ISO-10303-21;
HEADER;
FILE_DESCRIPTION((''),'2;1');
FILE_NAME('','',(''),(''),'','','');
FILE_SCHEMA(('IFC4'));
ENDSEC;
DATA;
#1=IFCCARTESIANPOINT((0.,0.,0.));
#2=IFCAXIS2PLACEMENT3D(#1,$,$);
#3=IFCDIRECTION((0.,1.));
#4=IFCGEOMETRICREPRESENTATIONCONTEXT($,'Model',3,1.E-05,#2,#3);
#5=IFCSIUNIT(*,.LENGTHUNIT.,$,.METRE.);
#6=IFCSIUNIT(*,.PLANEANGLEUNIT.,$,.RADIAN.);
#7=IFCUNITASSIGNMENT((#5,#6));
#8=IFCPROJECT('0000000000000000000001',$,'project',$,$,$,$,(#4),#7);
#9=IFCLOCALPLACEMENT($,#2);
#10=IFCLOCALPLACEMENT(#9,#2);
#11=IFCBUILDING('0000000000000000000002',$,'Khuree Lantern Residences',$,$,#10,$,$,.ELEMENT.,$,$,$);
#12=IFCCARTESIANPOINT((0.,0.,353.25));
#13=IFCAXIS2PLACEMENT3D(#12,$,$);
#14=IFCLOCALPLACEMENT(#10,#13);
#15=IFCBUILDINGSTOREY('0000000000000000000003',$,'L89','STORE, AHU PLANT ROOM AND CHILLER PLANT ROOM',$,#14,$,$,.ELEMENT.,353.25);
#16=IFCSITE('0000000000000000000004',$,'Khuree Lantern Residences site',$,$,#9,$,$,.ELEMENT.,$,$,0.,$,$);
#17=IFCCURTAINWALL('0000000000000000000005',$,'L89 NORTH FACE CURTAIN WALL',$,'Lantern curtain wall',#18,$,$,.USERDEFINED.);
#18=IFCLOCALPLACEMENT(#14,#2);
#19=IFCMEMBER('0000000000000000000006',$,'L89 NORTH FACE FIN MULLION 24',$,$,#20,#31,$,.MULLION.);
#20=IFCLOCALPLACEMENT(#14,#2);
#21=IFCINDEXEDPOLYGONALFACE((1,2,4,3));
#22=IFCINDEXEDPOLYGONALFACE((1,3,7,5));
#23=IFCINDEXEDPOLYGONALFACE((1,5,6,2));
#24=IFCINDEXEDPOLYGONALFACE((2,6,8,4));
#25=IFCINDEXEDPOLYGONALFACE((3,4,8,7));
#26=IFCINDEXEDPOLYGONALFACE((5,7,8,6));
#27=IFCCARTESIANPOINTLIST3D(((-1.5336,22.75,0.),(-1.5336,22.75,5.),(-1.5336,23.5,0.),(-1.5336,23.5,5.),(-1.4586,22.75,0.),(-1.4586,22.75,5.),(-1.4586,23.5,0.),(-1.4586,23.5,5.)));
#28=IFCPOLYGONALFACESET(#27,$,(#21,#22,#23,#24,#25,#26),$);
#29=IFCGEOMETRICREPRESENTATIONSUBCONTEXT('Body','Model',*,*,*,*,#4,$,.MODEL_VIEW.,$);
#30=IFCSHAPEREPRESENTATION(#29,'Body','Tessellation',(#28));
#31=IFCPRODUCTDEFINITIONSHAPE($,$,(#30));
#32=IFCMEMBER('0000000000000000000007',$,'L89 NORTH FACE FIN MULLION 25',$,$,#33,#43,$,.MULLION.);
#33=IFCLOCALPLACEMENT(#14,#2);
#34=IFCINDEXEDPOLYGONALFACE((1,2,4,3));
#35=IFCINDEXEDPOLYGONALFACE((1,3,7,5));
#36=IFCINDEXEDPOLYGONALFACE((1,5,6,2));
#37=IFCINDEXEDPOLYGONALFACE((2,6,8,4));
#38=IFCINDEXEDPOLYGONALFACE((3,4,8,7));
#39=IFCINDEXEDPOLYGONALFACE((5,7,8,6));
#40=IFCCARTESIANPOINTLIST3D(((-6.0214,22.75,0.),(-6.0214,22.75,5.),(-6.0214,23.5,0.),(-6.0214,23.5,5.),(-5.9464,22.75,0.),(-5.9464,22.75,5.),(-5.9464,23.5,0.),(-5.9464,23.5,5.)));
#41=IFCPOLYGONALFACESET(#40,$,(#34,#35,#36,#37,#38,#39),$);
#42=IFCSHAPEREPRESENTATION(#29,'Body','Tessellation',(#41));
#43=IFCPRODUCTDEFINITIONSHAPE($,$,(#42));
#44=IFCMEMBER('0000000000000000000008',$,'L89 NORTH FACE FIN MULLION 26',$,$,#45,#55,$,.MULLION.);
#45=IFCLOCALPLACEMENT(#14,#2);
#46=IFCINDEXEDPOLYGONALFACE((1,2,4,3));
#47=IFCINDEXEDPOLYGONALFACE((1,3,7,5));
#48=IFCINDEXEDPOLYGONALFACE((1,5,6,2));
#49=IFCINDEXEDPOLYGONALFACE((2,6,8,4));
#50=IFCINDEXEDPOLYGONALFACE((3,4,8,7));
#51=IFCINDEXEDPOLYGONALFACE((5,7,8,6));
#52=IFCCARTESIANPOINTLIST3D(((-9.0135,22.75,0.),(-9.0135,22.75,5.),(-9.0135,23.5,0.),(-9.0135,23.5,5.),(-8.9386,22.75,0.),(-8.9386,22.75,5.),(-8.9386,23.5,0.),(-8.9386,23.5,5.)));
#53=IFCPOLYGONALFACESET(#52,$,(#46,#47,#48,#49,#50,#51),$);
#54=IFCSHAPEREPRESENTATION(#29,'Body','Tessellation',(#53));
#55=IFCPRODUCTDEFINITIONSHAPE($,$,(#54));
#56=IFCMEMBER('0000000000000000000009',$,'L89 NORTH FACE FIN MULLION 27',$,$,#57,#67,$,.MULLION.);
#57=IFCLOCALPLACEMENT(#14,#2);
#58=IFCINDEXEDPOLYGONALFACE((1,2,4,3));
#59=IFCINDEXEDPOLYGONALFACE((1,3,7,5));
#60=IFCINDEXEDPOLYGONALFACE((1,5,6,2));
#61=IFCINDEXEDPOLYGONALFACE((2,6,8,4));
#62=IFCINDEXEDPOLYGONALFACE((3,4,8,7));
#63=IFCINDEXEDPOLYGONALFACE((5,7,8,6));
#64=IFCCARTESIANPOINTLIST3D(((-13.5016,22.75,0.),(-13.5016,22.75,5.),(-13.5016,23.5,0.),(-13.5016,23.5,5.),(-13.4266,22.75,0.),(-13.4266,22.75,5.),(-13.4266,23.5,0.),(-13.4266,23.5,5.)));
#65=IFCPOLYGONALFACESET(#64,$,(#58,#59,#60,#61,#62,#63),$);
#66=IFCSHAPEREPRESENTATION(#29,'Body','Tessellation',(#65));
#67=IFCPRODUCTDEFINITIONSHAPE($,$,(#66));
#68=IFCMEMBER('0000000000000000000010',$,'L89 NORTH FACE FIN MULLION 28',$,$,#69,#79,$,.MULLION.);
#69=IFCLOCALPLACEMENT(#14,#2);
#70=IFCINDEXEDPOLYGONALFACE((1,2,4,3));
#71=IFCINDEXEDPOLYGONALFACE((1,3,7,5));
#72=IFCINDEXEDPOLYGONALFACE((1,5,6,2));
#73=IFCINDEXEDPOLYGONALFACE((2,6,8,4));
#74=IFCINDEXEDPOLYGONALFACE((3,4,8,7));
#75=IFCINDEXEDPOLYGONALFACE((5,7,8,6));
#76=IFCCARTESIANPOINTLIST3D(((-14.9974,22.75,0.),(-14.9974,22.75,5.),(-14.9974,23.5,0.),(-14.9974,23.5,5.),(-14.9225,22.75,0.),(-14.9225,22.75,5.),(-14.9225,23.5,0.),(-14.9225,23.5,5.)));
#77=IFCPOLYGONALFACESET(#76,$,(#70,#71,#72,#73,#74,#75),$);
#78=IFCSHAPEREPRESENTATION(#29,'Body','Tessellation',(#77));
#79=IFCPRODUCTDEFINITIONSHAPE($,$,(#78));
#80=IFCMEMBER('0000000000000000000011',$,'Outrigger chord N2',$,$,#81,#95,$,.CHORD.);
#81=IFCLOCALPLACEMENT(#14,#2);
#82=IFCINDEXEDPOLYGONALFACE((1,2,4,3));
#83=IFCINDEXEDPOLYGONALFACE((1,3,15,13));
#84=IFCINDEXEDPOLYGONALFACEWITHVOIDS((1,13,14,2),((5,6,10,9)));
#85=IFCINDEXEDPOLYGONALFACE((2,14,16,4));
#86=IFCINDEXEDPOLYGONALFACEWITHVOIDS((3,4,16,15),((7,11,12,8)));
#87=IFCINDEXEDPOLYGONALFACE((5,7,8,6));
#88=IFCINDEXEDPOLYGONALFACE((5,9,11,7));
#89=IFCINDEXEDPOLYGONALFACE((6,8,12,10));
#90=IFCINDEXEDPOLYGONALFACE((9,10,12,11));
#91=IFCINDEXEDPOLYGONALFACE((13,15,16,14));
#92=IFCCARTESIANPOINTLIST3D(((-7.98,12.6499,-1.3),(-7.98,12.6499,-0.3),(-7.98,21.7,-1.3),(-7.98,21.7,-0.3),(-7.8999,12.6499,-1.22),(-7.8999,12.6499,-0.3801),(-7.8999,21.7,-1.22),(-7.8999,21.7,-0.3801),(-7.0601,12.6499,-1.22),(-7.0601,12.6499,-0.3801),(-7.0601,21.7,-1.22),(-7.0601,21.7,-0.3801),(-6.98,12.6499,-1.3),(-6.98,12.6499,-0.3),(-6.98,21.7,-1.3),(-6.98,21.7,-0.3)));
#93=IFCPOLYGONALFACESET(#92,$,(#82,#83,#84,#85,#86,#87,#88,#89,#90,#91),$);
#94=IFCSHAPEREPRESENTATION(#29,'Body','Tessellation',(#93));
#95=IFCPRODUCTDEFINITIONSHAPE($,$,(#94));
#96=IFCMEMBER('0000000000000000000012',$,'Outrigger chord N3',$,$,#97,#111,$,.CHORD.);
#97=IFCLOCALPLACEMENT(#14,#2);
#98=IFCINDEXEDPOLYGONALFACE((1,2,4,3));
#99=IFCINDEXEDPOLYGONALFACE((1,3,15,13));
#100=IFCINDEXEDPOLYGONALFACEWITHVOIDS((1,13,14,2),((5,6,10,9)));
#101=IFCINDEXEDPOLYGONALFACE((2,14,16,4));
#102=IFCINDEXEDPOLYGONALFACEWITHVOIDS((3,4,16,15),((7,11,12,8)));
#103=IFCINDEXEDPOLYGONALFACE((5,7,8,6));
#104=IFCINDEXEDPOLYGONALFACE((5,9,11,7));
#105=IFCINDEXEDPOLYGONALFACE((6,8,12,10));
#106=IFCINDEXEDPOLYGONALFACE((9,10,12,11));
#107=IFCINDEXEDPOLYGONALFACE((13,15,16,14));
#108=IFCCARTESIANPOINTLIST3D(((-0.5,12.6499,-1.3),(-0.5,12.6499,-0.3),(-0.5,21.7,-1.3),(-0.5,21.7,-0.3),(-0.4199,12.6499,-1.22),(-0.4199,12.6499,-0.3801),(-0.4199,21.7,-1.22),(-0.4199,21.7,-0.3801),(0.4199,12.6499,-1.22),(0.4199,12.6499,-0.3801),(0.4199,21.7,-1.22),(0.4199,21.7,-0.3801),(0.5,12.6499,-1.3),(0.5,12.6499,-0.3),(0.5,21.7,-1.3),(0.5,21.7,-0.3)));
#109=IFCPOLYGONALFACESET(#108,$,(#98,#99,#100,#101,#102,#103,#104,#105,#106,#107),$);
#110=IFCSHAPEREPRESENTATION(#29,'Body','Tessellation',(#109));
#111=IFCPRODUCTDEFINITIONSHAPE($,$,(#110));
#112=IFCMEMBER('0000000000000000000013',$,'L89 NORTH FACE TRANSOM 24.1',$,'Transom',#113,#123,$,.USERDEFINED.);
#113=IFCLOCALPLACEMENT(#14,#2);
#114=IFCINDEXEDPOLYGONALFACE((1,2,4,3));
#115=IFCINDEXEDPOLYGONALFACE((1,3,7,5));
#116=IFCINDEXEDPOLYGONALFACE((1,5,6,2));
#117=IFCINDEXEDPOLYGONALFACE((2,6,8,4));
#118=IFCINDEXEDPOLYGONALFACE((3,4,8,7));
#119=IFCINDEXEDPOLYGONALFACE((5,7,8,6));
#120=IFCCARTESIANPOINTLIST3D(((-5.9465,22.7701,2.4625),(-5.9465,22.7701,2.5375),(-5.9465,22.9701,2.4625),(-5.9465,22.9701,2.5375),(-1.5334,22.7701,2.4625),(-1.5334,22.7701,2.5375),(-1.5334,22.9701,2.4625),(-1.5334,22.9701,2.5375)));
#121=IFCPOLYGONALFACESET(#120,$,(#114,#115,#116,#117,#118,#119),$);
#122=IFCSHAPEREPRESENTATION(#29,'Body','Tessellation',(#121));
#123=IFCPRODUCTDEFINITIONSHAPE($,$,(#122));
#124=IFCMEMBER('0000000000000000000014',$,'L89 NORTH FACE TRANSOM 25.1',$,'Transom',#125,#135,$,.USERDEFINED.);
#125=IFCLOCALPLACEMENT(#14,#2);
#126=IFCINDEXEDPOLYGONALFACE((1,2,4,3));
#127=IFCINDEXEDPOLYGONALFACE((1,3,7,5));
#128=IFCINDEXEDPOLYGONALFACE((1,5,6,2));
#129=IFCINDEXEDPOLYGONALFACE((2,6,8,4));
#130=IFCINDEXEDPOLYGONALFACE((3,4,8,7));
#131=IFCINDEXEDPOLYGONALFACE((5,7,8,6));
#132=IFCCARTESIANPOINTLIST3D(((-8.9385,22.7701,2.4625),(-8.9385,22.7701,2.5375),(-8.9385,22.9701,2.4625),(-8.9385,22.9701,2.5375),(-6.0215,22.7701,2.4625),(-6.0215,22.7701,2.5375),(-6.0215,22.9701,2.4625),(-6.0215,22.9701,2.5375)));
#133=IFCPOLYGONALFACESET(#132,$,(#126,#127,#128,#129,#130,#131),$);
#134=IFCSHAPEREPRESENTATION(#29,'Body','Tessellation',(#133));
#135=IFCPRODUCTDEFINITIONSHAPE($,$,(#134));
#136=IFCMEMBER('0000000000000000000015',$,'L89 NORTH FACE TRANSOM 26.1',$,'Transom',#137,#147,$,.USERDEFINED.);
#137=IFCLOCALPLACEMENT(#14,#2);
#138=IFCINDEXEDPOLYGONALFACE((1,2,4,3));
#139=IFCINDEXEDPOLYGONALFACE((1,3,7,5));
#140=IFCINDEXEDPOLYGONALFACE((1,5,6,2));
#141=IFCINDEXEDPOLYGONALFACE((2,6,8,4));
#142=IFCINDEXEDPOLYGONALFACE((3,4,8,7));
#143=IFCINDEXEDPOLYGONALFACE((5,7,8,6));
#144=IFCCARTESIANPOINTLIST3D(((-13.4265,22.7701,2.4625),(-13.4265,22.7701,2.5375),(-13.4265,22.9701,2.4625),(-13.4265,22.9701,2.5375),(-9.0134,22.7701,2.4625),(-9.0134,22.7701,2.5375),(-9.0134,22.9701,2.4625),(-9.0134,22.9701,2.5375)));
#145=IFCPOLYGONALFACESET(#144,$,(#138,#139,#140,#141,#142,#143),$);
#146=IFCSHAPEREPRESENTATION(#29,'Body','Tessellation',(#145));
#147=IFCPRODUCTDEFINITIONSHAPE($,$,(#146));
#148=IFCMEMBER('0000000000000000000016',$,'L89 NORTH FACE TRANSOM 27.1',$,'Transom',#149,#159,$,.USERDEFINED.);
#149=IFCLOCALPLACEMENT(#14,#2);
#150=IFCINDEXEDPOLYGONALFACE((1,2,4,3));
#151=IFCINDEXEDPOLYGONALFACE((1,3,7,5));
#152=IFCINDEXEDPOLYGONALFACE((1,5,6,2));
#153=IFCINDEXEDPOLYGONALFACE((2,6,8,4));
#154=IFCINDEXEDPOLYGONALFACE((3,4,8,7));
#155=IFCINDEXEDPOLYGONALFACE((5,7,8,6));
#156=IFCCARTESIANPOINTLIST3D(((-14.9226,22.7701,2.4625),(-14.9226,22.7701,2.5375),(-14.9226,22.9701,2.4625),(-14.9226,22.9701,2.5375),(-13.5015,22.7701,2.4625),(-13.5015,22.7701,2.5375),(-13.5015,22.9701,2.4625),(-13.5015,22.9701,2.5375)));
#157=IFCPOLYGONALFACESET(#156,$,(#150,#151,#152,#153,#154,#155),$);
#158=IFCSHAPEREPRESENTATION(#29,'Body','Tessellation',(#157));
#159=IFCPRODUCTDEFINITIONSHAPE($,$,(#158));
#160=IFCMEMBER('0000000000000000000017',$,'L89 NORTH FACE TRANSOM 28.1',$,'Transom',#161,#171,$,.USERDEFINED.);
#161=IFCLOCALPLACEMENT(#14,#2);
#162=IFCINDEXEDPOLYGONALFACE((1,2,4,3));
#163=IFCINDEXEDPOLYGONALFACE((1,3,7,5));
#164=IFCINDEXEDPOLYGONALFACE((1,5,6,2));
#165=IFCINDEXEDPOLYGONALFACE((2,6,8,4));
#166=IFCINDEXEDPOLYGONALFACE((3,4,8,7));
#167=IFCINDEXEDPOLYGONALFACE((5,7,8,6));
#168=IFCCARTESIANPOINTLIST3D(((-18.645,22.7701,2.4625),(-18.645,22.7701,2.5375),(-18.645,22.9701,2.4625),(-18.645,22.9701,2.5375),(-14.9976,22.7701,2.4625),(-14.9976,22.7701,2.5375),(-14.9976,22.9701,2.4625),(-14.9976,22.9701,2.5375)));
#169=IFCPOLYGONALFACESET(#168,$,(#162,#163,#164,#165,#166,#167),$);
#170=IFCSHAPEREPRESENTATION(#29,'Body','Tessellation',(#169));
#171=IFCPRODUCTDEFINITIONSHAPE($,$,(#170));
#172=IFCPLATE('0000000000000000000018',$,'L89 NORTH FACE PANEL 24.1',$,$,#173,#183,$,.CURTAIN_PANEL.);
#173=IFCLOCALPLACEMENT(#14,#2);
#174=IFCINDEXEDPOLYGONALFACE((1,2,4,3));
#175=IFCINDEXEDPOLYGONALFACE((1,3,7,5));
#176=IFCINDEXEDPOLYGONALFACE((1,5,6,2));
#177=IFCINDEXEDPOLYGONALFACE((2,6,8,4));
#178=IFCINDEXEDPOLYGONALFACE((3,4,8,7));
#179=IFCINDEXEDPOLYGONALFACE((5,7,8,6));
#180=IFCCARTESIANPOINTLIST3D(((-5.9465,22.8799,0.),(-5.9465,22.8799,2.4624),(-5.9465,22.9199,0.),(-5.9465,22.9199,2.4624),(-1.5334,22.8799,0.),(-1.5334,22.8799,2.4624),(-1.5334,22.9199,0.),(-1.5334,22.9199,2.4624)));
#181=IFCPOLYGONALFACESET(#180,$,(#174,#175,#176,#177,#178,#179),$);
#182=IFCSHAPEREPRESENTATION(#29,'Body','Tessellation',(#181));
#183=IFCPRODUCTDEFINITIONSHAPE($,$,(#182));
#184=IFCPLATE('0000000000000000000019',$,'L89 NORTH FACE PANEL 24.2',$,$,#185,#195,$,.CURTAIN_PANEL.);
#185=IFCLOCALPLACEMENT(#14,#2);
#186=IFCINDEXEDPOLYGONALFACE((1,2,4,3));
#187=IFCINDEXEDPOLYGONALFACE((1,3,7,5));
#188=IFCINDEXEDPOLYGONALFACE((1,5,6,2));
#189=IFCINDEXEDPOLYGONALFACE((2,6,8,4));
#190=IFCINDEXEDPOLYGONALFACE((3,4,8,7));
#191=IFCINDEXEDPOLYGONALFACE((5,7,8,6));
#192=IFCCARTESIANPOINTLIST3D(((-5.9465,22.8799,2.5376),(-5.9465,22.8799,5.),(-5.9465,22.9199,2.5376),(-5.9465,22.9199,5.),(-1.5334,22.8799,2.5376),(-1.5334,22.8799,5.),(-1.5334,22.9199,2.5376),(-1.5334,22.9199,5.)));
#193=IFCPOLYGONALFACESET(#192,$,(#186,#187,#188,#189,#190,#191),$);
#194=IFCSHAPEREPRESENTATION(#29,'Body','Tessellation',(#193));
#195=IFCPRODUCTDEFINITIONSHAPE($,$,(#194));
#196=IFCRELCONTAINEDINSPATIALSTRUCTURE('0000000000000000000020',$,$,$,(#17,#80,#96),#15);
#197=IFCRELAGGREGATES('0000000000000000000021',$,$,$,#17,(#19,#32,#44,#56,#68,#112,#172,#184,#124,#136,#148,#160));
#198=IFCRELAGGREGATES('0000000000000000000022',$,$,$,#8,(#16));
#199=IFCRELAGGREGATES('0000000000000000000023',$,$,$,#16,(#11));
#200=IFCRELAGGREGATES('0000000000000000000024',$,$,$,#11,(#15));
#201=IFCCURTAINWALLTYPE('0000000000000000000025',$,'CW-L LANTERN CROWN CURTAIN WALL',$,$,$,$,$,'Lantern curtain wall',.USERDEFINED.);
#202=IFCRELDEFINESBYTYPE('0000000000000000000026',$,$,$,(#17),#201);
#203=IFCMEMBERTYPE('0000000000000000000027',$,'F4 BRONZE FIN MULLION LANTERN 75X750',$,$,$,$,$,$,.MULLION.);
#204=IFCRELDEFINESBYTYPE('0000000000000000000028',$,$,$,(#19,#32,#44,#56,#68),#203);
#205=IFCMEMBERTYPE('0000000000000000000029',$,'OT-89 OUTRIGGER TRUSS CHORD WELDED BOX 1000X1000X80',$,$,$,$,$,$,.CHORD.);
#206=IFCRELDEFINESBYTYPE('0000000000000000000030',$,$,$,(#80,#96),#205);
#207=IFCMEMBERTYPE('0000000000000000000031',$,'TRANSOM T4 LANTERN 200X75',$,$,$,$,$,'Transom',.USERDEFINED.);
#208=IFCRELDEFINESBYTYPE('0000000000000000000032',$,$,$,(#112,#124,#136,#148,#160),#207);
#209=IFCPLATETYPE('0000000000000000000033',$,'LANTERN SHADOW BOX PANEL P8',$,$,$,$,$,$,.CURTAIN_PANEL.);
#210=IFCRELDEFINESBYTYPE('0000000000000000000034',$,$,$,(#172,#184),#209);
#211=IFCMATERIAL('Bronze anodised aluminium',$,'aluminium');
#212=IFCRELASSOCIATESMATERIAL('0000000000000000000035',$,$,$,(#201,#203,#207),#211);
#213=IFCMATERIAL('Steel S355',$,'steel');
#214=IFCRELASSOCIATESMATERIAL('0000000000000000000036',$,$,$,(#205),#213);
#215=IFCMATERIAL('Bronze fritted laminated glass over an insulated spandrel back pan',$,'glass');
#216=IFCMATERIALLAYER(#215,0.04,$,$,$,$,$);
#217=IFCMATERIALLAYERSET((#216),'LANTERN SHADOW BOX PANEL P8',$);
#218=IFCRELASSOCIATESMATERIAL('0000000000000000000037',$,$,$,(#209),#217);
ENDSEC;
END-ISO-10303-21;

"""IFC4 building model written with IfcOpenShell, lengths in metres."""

from ifc_helpers import new_model, si_unit, direction, frame, origin, origin_2d, place, context, subcontext, project, spatial, rectangle, hollow_rectangle, extrude, material, layer, layer_set, material_profile, profile_set, type_object, element, aggregate, save


model = new_model("IFC4")

# Units and contexts
model_context = context("Model", 3, precision=1e-05, world=origin(), true_north=direction((0.0, 1.0)))
body_context = subcontext(model_context, "Body", "Model", "MODEL_VIEW")
ifc_project = project(units=[si_unit("LENGTHUNIT", "METRE"), si_unit("PLANEANGLEUNIT", "RADIAN")], contexts=[model_context])

# Site, building, storey
site_placement = place(None, origin())
site = spatial("IfcSite", under=ifc_project, at=site_placement, Name="Khuree Lantern Residences site", CompositionType="ELEMENT", RefElevation=0.0)
building_placement = place(site_placement, origin())
building = spatial("IfcBuilding", under=site, at=building_placement, Name="Khuree Lantern Residences", CompositionType="ELEMENT")
storey_placement = place(building_placement, frame((0.0, 0.0, 353.25)))
storey = spatial("IfcBuildingStorey", under=building, at=storey_placement, Name="L89", Description="STORE, AHU PLANT ROOM AND CHILLER PLANT ROOM", CompositionType="ELEMENT", Elevation=353.25)

# Shared definitions
ifc_material_1 = material(Name="Steel S355", Category="steel")

# Curtain wall, members
ifc_material_2 = material(Name="Bronze anodised aluminium", Category="aluminium")
curtain_wall_type = type_object("IfcCurtainWallType", Name="CW-L LANTERN CROWN CURTAIN WALL", ElementType="Lantern curtain wall", PredefinedType="USERDEFINED", material=ifc_material_2)
curtain_wall_placement = place(storey_placement, origin())
curtain_wall = element("IfcCurtainWall", 1, at=curtain_wall_placement, inside=storey, type_object=curtain_wall_type, Name="L89 NORTH FACE CURTAIN WALL", ObjectType="Lantern curtain wall", PredefinedType="USERDEFINED")
ifc_material_profile_1 = material_profile(ifc_material_2, rectangle(XDim=0.075, YDim=0.75, at=origin_2d()), Name="F4 75X750")
ifc_profile_set_1 = profile_set([ifc_material_profile_1], Name="Bronze anodised aluminium")
member_type_1 = type_object("IfcMemberType", Name="F4 BRONZE FIN MULLION LANTERN 75X750", PredefinedType="MULLION", material=ifc_profile_set_1)
member_1_placement = place(storey_placement, frame((-1.4961, 23.125, 0.0), z_axis=(0.0, 0.0, 1.0), x_axis=(-1.0, 0.0, 0.0)))
member_1 = element("IfcMember", 2, at=member_1_placement, type_object=member_type_1, Name="L89 NORTH FACE FIN MULLION 24", PredefinedType="MULLION", context=body_context, shape_type="SweptSolid", body=[
    extrude(rectangle(XDim=0.075, YDim=0.75, at=origin_2d()), origin(), (0.0, 0.0, 1.0), 5.0),
])
member_2_placement = place(storey_placement, frame((-5.9839, 23.125, 0.0), z_axis=(0.0, 0.0, 1.0), x_axis=(-1.0, 0.0, 0.0)))
member_2 = element("IfcMember", 3, at=member_2_placement, type_object=member_type_1, Name="L89 NORTH FACE FIN MULLION 25", PredefinedType="MULLION", context=body_context, shape_type="SweptSolid", body=[
    extrude(rectangle(XDim=0.075, YDim=0.75, at=origin_2d()), origin(), (0.0, 0.0, 1.0), 5.0),
])
member_3_placement = place(storey_placement, frame((-8.9761, 23.125, 0.0), z_axis=(0.0, 0.0, 1.0), x_axis=(-1.0, 0.0, 0.0)))
member_3 = element("IfcMember", 4, at=member_3_placement, type_object=member_type_1, Name="L89 NORTH FACE FIN MULLION 26", PredefinedType="MULLION", context=body_context, shape_type="SweptSolid", body=[
    extrude(rectangle(XDim=0.075, YDim=0.75, at=origin_2d()), origin(), (0.0, 0.0, 1.0), 5.0),
])
member_4_placement = place(storey_placement, frame((-13.4641, 23.125, 0.0), z_axis=(0.0, 0.0, 1.0), x_axis=(-1.0, 0.0, 0.0)))
member_4 = element("IfcMember", 5, at=member_4_placement, type_object=member_type_1, Name="L89 NORTH FACE FIN MULLION 27", PredefinedType="MULLION", context=body_context, shape_type="SweptSolid", body=[
    extrude(rectangle(XDim=0.075, YDim=0.75, at=origin_2d()), origin(), (0.0, 0.0, 1.0), 5.0),
])
member_5_placement = place(storey_placement, frame((-14.96, 23.125, 0.0), z_axis=(0.0, 0.0, 1.0), x_axis=(-1.0, 0.0, 0.0)))
member_5 = element("IfcMember", 6, at=member_5_placement, type_object=member_type_1, Name="L89 NORTH FACE FIN MULLION 28", PredefinedType="MULLION", context=body_context, shape_type="SweptSolid", body=[
    extrude(rectangle(XDim=0.075, YDim=0.75, at=origin_2d()), origin(), (0.0, 0.0, 1.0), 5.0),
])

# Members
ifc_material_profile_2 = material_profile(ifc_material_1, hollow_rectangle(XDim=1.0, YDim=1.0, WallThickness=0.0801, at=origin_2d()), Name="WELDED BOX 1000X1000X80")
ifc_profile_set_2 = profile_set([ifc_material_profile_2], Name="Steel S355")
member_type_2 = type_object("IfcMemberType", Name="OT-89 OUTRIGGER TRUSS CHORD WELDED BOX 1000X1000X80", PredefinedType="CHORD", material=ifc_profile_set_2)
for number, where, z_axis, x_axis, name in (
    (7, (-7.48, 21.7, -0.8), (0.0, -1.0, 0.0), (1.0, 0.0, 0.0), "Outrigger chord N2"),
    (8, (0.0, 21.7, -0.8), (0.0, -1.0, 0.0), (1.0, 0.0, 0.0), "Outrigger chord N3"),
):
    element("IfcMember", number, at=place(storey_placement, frame(where, z_axis=z_axis, x_axis=x_axis)), inside=storey, type_object=member_type_2, Name=name, PredefinedType="CHORD", context=body_context, shape_type="SweptSolid", body=[
        extrude(hollow_rectangle(XDim=1.0, YDim=1.0, WallThickness=0.0801, at=origin_2d()), origin(), (0.0, 0.0, 1.0), 9.05),
    ])

# Members
ifc_material_profile_3 = material_profile(ifc_material_2, rectangle(XDim=0.2, YDim=0.075, at=origin_2d()), Name="T4 200X75")
ifc_profile_set_3 = profile_set([ifc_material_profile_3], Name="Bronze anodised aluminium")
member_type_3 = type_object("IfcMemberType", Name="TRANSOM T4 LANTERN 200X75", ElementType="Transom", PredefinedType="USERDEFINED", material=ifc_profile_set_3)
member_6_placement = place(storey_placement, frame((-1.5334, 22.8701, 2.5), z_axis=(-1.0, 0.0, 0.0), x_axis=(0.0, -1.0, 0.0)))
member_6 = element("IfcMember", 9, at=member_6_placement, type_object=member_type_3, Name="L89 NORTH FACE TRANSOM 24.1", ObjectType="Transom", PredefinedType="USERDEFINED", context=body_context, shape_type="SweptSolid", body=[
    extrude(rectangle(XDim=0.2, YDim=0.075, at=origin_2d()), origin(), (0.0, 0.0, 1.0), 4.4131),
])
member_7_placement = place(storey_placement, frame((-6.0215, 22.8701, 2.5), z_axis=(-1.0, 0.0, 0.0), x_axis=(0.0, -1.0, 0.0)))
member_7 = element("IfcMember", 10, at=member_7_placement, type_object=member_type_3, Name="L89 NORTH FACE TRANSOM 25.1", ObjectType="Transom", PredefinedType="USERDEFINED", context=body_context, shape_type="SweptSolid", body=[
    extrude(rectangle(XDim=0.2, YDim=0.075, at=origin_2d()), origin(), (0.0, 0.0, 1.0), 2.917),
])
member_8_placement = place(storey_placement, frame((-9.0134, 22.8701, 2.5), z_axis=(-1.0, 0.0, 0.0), x_axis=(0.0, -1.0, 0.0)))
member_8 = element("IfcMember", 11, at=member_8_placement, type_object=member_type_3, Name="L89 NORTH FACE TRANSOM 26.1", ObjectType="Transom", PredefinedType="USERDEFINED", context=body_context, shape_type="SweptSolid", body=[
    extrude(rectangle(XDim=0.2, YDim=0.075, at=origin_2d()), origin(), (0.0, 0.0, 1.0), 4.4131),
])
member_9_placement = place(storey_placement, frame((-13.5015, 22.8701, 2.5), z_axis=(-1.0, 0.0, 0.0), x_axis=(0.0, -1.0, 0.0)))
member_9 = element("IfcMember", 12, at=member_9_placement, type_object=member_type_3, Name="L89 NORTH FACE TRANSOM 27.1", ObjectType="Transom", PredefinedType="USERDEFINED", context=body_context, shape_type="SweptSolid", body=[
    extrude(rectangle(XDim=0.2, YDim=0.075, at=origin_2d()), origin(), (0.0, 0.0, 1.0), 1.4211),
])
member_10_placement = place(storey_placement, frame((-14.9976, 22.8701, 2.5), z_axis=(-1.0, 0.0, 0.0), x_axis=(0.0, -1.0, 0.0)))
member_10 = element("IfcMember", 13, at=member_10_placement, type_object=member_type_3, Name="L89 NORTH FACE TRANSOM 28.1", ObjectType="Transom", PredefinedType="USERDEFINED", context=body_context, shape_type="SweptSolid", body=[
    extrude(rectangle(XDim=0.2, YDim=0.075, at=origin_2d()), origin(), (0.0, 0.0, 1.0), 3.6475),
])

# Plates
ifc_material_3 = material(Name="Bronze fritted laminated glass over an insulated spandrel back pan", Category="glass")
ifc_layer = layer(ifc_material_3, 0.04)
ifc_layer_set = layer_set([ifc_layer], Name="LANTERN SHADOW BOX PANEL P8")
plate_type = type_object("IfcPlateType", Name="LANTERN SHADOW BOX PANEL P8", PredefinedType="CURTAIN_PANEL", material=ifc_layer_set)
plate_1_placement = place(storey_placement, frame((-3.74, 22.8999, 0.0), z_axis=(0.0, 0.0, 1.0), x_axis=(-1.0, 0.0, 0.0)))
plate_1 = element("IfcPlate", 14, at=plate_1_placement, type_object=plate_type, Name="L89 NORTH FACE PANEL 24.1", PredefinedType="CURTAIN_PANEL", context=body_context, shape_type="SweptSolid", body=[
    extrude(rectangle(XDim=4.4131, YDim=0.04, at=origin_2d()), origin(), (0.0, 0.0, 1.0), 2.4624),
])
plate_2_placement = place(storey_placement, frame((-3.74, 22.8999, 2.5376), z_axis=(0.0, 0.0, 1.0), x_axis=(-1.0, 0.0, 0.0)))
plate_2 = element("IfcPlate", 15, at=plate_2_placement, type_object=plate_type, Name="L89 NORTH FACE PANEL 24.2", PredefinedType="CURTAIN_PANEL", context=body_context, shape_type="SweptSolid", body=[
    extrude(rectangle(XDim=4.4131, YDim=0.04, at=origin_2d()), origin(), (0.0, 0.0, 1.0), 2.4624),
])
aggregate(curtain_wall, [member_1, member_2, member_3, member_4, member_5, member_6, plate_1, plate_2, member_7, member_8, member_9, member_10])

save(model, "model.ifc")
